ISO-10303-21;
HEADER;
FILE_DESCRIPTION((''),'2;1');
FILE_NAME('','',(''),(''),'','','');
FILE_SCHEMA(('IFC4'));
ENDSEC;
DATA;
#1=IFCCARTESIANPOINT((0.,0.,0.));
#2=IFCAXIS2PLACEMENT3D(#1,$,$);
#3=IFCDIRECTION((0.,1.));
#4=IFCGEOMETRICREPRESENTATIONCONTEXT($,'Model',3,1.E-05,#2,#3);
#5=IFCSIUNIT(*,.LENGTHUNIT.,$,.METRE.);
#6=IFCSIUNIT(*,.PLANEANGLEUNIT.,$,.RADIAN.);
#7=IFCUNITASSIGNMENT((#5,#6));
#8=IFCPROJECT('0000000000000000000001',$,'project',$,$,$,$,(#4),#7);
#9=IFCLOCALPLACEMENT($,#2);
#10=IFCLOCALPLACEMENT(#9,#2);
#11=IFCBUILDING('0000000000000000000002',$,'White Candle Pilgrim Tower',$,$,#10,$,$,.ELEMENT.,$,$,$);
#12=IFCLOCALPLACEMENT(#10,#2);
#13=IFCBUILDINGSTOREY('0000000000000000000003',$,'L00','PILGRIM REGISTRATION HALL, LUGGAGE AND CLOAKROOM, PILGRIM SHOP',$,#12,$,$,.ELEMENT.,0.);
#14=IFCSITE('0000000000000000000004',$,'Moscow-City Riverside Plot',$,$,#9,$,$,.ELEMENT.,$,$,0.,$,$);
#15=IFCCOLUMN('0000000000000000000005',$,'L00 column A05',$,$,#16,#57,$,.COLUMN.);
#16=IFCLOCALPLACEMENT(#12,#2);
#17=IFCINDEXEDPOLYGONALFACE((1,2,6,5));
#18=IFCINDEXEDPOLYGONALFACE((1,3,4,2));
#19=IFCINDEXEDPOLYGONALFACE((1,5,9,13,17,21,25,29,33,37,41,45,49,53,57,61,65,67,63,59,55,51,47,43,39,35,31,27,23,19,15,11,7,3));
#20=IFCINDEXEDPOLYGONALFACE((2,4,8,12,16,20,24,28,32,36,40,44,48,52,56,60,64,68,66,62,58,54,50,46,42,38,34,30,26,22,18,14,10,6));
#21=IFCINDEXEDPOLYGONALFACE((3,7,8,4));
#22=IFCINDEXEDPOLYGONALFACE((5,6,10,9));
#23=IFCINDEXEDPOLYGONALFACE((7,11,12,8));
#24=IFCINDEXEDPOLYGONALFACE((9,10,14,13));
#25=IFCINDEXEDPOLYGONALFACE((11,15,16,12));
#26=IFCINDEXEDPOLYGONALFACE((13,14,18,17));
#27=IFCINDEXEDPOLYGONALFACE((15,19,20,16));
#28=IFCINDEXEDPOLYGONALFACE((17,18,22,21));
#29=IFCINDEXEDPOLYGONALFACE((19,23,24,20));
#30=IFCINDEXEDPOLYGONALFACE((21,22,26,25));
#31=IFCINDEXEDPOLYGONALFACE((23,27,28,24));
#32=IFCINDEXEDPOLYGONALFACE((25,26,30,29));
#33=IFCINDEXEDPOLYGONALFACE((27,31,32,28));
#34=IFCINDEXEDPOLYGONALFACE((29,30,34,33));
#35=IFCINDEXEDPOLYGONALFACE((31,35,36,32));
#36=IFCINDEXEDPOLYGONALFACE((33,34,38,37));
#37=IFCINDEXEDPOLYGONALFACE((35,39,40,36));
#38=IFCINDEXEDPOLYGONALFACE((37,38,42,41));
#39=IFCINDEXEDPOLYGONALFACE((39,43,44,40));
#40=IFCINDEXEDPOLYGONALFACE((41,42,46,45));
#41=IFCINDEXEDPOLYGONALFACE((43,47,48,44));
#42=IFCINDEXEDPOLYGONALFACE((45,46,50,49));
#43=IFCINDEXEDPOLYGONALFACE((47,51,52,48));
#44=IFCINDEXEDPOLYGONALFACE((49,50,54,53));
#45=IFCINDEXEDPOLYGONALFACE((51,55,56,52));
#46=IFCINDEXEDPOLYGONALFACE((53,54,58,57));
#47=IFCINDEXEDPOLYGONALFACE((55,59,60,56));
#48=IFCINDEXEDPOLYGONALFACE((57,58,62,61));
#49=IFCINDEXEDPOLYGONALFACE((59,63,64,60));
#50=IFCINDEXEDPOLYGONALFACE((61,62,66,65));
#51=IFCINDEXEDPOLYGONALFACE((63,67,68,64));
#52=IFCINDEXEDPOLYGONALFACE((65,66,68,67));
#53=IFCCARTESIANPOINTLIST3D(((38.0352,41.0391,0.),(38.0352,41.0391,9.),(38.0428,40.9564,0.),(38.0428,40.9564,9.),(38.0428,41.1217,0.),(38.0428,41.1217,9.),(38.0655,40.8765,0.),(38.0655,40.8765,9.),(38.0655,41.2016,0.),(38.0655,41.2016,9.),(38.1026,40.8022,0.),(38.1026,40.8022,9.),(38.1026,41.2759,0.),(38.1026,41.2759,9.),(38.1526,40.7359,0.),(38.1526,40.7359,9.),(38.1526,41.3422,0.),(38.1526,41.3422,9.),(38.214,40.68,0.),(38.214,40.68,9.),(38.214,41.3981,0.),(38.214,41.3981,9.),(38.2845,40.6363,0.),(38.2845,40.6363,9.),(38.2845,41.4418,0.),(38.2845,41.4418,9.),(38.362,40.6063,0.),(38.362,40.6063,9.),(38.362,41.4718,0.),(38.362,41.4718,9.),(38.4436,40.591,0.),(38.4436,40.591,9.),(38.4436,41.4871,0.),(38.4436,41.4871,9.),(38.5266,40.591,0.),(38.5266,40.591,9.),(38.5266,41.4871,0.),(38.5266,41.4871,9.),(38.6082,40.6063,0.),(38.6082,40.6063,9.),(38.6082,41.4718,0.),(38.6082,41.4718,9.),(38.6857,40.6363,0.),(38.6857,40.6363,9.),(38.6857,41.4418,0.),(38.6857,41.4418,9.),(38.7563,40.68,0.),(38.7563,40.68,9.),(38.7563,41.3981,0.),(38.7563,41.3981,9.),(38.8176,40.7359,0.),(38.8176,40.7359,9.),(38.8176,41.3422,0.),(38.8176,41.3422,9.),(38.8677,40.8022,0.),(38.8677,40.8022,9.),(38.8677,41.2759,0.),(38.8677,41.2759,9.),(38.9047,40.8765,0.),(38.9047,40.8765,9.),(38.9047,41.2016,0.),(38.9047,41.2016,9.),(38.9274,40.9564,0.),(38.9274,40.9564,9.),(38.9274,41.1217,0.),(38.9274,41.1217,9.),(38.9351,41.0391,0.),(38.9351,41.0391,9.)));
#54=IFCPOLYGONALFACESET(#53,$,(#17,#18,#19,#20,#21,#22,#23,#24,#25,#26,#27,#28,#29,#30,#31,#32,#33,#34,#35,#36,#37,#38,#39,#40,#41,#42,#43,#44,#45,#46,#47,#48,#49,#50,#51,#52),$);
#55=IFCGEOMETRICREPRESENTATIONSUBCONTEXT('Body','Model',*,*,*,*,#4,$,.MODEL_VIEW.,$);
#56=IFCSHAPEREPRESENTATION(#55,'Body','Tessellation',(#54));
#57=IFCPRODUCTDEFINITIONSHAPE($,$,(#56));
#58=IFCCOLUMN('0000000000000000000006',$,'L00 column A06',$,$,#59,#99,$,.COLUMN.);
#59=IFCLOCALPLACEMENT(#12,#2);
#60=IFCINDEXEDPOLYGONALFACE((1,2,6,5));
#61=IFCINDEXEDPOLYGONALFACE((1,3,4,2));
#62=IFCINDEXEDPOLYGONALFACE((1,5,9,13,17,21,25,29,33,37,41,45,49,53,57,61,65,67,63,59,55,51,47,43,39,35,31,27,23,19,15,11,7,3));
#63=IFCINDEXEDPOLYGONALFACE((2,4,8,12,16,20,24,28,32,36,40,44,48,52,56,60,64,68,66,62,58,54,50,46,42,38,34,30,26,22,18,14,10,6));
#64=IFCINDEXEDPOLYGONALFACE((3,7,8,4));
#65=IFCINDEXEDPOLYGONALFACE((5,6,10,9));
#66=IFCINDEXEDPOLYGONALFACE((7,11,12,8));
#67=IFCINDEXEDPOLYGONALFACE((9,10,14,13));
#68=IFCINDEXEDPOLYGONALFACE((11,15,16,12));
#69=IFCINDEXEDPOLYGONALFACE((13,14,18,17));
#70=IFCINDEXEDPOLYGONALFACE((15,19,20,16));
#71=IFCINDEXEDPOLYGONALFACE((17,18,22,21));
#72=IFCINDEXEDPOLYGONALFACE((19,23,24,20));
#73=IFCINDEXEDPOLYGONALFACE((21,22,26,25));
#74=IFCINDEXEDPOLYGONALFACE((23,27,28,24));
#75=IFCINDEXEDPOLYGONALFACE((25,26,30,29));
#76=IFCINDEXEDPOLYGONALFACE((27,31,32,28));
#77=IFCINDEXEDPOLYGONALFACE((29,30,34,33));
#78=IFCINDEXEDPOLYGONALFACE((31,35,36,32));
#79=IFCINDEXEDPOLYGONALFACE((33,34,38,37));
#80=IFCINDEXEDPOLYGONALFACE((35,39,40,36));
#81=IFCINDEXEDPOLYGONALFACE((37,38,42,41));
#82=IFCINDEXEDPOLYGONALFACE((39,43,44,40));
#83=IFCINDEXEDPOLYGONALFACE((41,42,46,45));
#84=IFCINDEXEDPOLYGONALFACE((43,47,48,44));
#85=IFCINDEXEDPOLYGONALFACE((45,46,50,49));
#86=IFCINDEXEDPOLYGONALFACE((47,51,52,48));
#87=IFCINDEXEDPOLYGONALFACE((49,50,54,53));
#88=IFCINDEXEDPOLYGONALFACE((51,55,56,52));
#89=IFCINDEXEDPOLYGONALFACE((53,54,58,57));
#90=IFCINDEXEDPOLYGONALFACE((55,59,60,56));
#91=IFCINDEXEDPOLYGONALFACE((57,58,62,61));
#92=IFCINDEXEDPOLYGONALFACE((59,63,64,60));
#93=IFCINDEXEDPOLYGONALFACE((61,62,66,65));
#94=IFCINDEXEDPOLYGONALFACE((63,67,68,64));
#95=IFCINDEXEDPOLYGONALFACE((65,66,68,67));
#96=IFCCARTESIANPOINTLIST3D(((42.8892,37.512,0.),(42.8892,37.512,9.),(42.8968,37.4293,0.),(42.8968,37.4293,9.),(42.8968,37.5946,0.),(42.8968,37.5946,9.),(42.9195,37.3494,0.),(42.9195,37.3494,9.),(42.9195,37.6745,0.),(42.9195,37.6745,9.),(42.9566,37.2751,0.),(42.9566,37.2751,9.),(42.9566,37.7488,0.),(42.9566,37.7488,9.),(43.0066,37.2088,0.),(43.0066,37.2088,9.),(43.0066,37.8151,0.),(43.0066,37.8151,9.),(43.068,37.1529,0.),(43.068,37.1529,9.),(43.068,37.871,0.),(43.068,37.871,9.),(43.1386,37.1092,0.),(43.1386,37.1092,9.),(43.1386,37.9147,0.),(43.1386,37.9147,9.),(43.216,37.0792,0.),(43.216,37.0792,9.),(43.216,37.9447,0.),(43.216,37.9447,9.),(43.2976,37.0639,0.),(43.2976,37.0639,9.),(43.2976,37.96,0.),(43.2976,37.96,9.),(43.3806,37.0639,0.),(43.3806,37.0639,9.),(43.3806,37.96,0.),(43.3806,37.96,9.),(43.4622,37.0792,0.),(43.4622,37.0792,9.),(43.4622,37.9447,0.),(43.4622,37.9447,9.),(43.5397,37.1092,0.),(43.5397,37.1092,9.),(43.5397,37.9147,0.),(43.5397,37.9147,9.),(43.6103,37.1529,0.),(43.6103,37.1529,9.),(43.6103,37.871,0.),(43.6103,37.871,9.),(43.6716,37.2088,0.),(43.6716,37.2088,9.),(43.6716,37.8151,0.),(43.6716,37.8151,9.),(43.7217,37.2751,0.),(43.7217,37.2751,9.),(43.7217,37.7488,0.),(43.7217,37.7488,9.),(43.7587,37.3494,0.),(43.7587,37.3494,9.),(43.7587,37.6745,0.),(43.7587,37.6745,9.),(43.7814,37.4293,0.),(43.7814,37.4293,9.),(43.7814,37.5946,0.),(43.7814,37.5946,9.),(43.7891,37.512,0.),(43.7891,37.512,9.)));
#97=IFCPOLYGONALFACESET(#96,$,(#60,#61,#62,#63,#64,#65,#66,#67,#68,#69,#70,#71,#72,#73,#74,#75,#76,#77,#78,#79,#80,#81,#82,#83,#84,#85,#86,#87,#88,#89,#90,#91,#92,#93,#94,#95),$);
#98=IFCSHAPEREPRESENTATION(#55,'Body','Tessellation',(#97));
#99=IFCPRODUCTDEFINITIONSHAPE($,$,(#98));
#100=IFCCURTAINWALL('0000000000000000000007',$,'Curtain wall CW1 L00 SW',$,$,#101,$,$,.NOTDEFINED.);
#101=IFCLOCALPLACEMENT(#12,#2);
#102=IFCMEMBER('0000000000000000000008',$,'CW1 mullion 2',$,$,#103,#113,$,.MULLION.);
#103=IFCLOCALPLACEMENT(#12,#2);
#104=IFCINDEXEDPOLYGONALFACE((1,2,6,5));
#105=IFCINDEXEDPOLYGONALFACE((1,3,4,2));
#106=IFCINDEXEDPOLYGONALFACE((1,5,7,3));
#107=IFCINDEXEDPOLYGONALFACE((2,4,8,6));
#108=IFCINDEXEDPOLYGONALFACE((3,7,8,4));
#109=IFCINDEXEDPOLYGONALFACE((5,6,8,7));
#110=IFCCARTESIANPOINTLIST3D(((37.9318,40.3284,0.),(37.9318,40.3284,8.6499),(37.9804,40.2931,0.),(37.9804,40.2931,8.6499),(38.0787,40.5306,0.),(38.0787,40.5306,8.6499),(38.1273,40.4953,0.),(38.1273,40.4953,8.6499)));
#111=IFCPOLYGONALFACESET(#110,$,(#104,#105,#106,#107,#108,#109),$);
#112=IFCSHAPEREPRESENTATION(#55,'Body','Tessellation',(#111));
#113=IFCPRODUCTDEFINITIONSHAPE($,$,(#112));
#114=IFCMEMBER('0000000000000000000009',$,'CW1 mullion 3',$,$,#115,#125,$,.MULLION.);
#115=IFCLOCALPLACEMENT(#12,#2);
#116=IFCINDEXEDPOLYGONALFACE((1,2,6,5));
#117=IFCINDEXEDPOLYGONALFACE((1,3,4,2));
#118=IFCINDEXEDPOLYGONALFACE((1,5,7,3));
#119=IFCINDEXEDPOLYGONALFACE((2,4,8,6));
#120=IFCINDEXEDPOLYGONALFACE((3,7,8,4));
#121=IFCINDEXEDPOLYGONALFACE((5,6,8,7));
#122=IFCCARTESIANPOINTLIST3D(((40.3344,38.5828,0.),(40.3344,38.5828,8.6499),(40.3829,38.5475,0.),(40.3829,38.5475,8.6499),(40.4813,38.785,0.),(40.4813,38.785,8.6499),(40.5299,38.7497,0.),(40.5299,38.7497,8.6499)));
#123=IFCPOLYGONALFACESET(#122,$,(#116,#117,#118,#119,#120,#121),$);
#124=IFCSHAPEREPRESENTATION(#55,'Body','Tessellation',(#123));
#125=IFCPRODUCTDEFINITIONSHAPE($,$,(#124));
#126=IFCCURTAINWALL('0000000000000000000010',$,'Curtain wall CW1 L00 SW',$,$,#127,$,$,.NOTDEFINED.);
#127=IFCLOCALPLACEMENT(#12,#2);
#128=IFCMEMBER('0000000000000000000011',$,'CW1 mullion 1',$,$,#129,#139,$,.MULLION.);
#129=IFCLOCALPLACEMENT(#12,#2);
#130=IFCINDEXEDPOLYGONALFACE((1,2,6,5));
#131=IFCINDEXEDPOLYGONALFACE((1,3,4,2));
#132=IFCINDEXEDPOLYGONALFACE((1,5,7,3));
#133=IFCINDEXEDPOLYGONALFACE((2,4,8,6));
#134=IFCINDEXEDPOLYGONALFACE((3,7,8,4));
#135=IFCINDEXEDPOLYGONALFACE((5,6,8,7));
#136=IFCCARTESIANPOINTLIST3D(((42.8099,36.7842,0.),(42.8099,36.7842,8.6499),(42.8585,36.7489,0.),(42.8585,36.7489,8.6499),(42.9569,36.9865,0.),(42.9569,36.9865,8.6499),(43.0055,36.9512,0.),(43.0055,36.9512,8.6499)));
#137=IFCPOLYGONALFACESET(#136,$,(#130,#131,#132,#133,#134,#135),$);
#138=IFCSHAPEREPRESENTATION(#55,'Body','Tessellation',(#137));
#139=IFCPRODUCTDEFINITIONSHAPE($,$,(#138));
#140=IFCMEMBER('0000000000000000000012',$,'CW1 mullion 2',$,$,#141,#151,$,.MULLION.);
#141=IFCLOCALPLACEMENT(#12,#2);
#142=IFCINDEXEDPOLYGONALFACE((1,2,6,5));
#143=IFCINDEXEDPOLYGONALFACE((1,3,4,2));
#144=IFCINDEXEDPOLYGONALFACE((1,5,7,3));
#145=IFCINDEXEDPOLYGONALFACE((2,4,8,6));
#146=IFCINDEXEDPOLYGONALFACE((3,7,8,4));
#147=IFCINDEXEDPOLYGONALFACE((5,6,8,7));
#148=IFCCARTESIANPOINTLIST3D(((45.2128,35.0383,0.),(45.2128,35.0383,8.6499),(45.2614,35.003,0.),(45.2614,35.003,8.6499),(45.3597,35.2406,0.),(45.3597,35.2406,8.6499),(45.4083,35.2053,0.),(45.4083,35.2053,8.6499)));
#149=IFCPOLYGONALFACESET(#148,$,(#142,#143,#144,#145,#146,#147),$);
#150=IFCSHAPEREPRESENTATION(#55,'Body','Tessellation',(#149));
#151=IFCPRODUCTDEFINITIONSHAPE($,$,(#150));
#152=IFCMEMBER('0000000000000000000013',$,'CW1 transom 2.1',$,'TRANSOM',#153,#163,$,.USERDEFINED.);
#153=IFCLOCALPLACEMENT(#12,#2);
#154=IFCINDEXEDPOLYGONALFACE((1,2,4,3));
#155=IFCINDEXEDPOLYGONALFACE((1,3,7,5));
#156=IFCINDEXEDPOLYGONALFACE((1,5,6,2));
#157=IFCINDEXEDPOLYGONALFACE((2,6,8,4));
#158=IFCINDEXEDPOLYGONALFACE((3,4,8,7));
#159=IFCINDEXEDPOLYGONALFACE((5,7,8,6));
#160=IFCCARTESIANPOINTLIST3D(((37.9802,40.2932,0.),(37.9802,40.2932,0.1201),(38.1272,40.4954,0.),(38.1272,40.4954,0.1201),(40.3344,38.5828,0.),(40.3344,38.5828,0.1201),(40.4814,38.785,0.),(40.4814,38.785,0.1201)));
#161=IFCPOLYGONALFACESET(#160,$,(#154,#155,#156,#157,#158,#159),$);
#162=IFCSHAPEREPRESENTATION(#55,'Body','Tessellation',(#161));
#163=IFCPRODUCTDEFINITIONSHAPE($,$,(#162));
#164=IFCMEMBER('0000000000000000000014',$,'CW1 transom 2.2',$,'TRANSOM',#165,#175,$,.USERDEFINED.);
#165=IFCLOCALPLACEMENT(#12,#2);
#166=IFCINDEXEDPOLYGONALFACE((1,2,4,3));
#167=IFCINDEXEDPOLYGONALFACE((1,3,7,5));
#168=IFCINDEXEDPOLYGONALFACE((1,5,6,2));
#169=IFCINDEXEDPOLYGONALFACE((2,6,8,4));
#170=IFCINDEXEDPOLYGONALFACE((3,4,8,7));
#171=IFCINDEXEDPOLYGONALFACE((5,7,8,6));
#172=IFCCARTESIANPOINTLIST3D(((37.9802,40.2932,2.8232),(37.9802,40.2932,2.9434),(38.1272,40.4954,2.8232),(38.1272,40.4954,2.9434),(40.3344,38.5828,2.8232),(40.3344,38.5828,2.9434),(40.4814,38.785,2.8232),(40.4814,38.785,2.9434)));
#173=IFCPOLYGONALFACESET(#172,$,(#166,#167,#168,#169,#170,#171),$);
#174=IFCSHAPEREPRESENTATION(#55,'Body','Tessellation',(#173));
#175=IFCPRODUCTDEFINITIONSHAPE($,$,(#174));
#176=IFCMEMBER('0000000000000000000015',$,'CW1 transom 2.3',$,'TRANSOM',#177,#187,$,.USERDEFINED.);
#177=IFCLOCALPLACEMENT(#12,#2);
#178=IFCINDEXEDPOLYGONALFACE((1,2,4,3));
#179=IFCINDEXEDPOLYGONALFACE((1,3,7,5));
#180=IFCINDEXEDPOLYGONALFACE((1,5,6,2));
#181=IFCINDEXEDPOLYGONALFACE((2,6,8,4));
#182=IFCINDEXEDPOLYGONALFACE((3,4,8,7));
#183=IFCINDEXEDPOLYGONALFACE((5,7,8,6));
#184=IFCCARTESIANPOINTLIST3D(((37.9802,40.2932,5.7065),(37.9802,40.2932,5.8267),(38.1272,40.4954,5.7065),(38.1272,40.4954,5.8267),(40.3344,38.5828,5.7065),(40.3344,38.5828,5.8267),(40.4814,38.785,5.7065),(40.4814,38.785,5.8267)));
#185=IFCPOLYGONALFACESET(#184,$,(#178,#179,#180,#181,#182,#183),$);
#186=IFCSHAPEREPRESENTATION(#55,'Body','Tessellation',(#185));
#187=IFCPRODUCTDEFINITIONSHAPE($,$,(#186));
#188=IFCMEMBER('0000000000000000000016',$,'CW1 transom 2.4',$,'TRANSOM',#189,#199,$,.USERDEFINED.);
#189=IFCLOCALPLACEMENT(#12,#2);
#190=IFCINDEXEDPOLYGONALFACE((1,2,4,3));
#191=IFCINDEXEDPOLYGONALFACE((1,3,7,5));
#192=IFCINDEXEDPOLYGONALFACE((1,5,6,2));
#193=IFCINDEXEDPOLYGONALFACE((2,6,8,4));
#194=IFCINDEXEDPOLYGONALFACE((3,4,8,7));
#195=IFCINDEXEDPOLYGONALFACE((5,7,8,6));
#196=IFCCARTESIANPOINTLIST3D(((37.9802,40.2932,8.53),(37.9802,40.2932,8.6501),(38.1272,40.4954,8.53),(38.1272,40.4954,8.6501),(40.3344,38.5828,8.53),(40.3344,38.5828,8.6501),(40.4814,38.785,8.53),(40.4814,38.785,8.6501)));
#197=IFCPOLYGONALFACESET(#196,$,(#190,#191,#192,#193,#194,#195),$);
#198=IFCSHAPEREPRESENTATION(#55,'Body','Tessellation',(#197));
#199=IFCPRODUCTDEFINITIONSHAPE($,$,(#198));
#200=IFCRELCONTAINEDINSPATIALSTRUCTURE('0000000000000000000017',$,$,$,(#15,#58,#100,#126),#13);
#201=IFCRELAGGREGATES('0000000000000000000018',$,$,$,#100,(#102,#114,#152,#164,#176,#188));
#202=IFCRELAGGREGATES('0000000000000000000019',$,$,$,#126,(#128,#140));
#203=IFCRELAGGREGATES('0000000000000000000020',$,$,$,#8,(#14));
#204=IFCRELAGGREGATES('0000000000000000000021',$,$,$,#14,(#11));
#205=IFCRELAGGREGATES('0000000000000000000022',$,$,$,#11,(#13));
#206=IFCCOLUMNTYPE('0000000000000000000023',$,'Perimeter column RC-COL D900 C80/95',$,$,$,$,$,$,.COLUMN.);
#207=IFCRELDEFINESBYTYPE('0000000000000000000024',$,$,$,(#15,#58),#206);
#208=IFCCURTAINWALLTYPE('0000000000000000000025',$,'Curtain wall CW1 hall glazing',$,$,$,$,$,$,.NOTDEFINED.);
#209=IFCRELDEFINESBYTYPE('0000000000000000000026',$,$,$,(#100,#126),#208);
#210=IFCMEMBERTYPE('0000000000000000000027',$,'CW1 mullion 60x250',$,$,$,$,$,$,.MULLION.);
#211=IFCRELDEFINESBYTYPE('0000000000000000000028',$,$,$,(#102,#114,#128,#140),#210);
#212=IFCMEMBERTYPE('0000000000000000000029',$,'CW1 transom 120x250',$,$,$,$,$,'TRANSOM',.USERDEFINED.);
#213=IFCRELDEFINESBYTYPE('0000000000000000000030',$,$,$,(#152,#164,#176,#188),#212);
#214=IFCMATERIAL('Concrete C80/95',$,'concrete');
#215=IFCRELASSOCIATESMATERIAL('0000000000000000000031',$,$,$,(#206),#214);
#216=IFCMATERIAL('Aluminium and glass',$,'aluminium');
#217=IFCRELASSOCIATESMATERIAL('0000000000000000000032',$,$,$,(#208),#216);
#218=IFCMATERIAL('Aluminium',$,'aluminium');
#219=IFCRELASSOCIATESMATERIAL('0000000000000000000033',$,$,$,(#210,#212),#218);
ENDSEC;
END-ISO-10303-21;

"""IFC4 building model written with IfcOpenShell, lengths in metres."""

from ifc_helpers import new_model, si_unit, direction, frame, origin, origin_2d, place, context, subcontext, project, spatial, rectangle, circle, extrude, material, material_profile, profile_set, type_object, element, aggregate, save


model = new_model("IFC4")

# Units and contexts
model_context = context("Model", 3, precision=1e-05, world=origin(), true_north=direction((0.0, 1.0)))
body_context = subcontext(model_context, "Body", "Model", "MODEL_VIEW")
ifc_project = project(units=[si_unit("LENGTHUNIT", "METRE"), si_unit("PLANEANGLEUNIT", "RADIAN")], contexts=[model_context])

# Site, building, storey
site_placement = place(None, origin())
site = spatial("IfcSite", under=ifc_project, at=site_placement, Name="Moscow-City Riverside Plot", CompositionType="ELEMENT", RefElevation=0.0)
building_placement = place(site_placement, origin())
building = spatial("IfcBuilding", under=site, at=building_placement, Name="White Candle Pilgrim Tower", CompositionType="ELEMENT")
storey_placement = place(building_placement, origin())
storey = spatial("IfcBuildingStorey", under=building, at=storey_placement, Name="L00", Description="PILGRIM REGISTRATION HALL, LUGGAGE AND CLOAKROOM, PILGRIM SHOP", CompositionType="ELEMENT", Elevation=0.0)

# Columns
ifc_material_1 = material(Name="Concrete C80/95", Category="concrete")
ifc_material_profile_1 = material_profile(ifc_material_1, circle(Radius=0.45, at=origin_2d()), Name="RC-COL D900")
ifc_profile_set_1 = profile_set([ifc_material_profile_1], Name="Concrete C80/95")
column_type = type_object("IfcColumnType", Name="Perimeter column RC-COL D900 C80/95", PredefinedType="COLUMN", material=ifc_profile_set_1)
for number, where, z_axis, x_axis, name in (
    (1, (38.4851, 41.0391, 0.0), (0.0, 0.0, 1.0), (1.0, 0.0, 0.0), "L00 column A05"),
    (2, (43.3391, 37.512, 0.0), (0.0, 0.0, 1.0), (1.0, 0.0, 0.0), "L00 column A06"),
):
    element("IfcColumn", number, at=place(storey_placement, frame(where, z_axis=z_axis, x_axis=x_axis)), inside=storey, type_object=column_type, Name=name, PredefinedType="COLUMN", context=body_context, shape_type="SweptSolid", body=[
        extrude(circle(Radius=0.45, at=origin_2d()), origin(), (0.0, 0.0, 1.0), 9.0),
    ])

# Curtain walls, members
ifc_material_2 = material(Name="Aluminium and glass", Category="aluminium")
curtain_wall_type = type_object("IfcCurtainWallType", Name="Curtain wall CW1 hall glazing", PredefinedType="NOTDEFINED", material=ifc_material_2)
curtain_wall_1_placement = place(storey_placement, origin())
curtain_wall_1 = element("IfcCurtainWall", 3, at=curtain_wall_1_placement, inside=storey, type_object=curtain_wall_type, Name="Curtain wall CW1 L00 SW", PredefinedType="NOTDEFINED")
ifc_material_3 = material(Name="Aluminium", Category="aluminium")
ifc_material_profile_2 = material_profile(ifc_material_3, rectangle(XDim=0.25, YDim=0.0601, at=origin_2d()), Name="CW1 mullion 60x250")
ifc_profile_set_2 = profile_set([ifc_material_profile_2], Name="Aluminium")
member_type_1 = type_object("IfcMemberType", Name="CW1 mullion 60x250", PredefinedType="MULLION", material=ifc_profile_set_2)
member_1_placement = place(storey_placement, frame((38.0295, 40.4119, 0.0), z_axis=(0.0, 0.0, 1.0), x_axis=(0.587785, 0.809017, 0.0)))
member_1 = element("IfcMember", 4, at=member_1_placement, type_object=member_type_1, Name="CW1 mullion 2", PredefinedType="MULLION", context=body_context, shape_type="SweptSolid", body=[
    extrude(rectangle(XDim=0.25, YDim=0.0601, at=origin_2d()), origin(), (0.0, 0.0, 1.0), 8.6499),
])
member_2_placement = place(storey_placement, frame((40.4321, 38.6663, 0.0), z_axis=(0.0, 0.0, 1.0), x_axis=(0.587785, 0.809017, 0.0)))
member_2 = element("IfcMember", 5, at=member_2_placement, type_object=member_type_1, Name="CW1 mullion 3", PredefinedType="MULLION", context=body_context, shape_type="SweptSolid", body=[
    extrude(rectangle(XDim=0.25, YDim=0.0601, at=origin_2d()), origin(), (0.0, 0.0, 1.0), 8.6499),
])
curtain_wall_2_placement = place(storey_placement, origin())
curtain_wall_2 = element("IfcCurtainWall", 6, at=curtain_wall_2_placement, inside=storey, type_object=curtain_wall_type, Name="Curtain wall CW1 L00 SW", PredefinedType="NOTDEFINED")
member_3_placement = place(storey_placement, frame((42.9077, 36.8677, 0.0), z_axis=(0.0, 0.0, 1.0), x_axis=(0.587785, 0.809017, 0.0)))
member_3 = element("IfcMember", 7, at=member_3_placement, type_object=member_type_1, Name="CW1 mullion 1", PredefinedType="MULLION", context=body_context, shape_type="SweptSolid", body=[
    extrude(rectangle(XDim=0.25, YDim=0.0601, at=origin_2d()), origin(), (0.0, 0.0, 1.0), 8.6499),
])
member_4_placement = place(storey_placement, frame((45.3105, 35.1218, 0.0), z_axis=(0.0, 0.0, 1.0), x_axis=(0.587785, 0.809017, 0.0)))
member_4 = element("IfcMember", 8, at=member_4_placement, type_object=member_type_1, Name="CW1 mullion 2", PredefinedType="MULLION", context=body_context, shape_type="SweptSolid", body=[
    extrude(rectangle(XDim=0.25, YDim=0.0601, at=origin_2d()), origin(), (0.0, 0.0, 1.0), 8.6499),
])

# Members
ifc_material_profile_3 = material_profile(ifc_material_3, rectangle(XDim=0.25, YDim=0.1201, at=origin_2d()), Name="CW1 transom 120x250")
ifc_profile_set_3 = profile_set([ifc_material_profile_3], Name="Aluminium")
member_type_2 = type_object("IfcMemberType", Name="CW1 transom 120x250", ElementType="TRANSOM", PredefinedType="USERDEFINED", material=ifc_profile_set_3)
member_5_placement = place(storey_placement, frame((38.0537, 40.3943, 0.0601), z_axis=(0.809019, -0.587783, 0.0), x_axis=(0.587783, 0.809019, 0.0)))
member_5 = element("IfcMember", 9, at=member_5_placement, type_object=member_type_2, Name="CW1 transom 2.1", ObjectType="TRANSOM", PredefinedType="USERDEFINED", context=body_context, shape_type="SweptSolid", body=[
    extrude(rectangle(XDim=0.25, YDim=0.1201, at=origin_2d()), origin(), (0.0, 0.0, 1.0), 2.9099),
])
member_6_placement = place(storey_placement, frame((38.0537, 40.3943, 2.8833), z_axis=(0.809019, -0.587783, 0.0), x_axis=(0.587783, 0.809019, 0.0)))
member_6 = element("IfcMember", 10, at=member_6_placement, type_object=member_type_2, Name="CW1 transom 2.2", ObjectType="TRANSOM", PredefinedType="USERDEFINED", context=body_context, shape_type="SweptSolid", body=[
    extrude(rectangle(XDim=0.25, YDim=0.1201, at=origin_2d()), origin(), (0.0, 0.0, 1.0), 2.9099),
])
member_7_placement = place(storey_placement, frame((38.0537, 40.3943, 5.7666), z_axis=(0.809019, -0.587783, 0.0), x_axis=(0.587783, 0.809019, 0.0)))
member_7 = element("IfcMember", 11, at=member_7_placement, type_object=member_type_2, Name="CW1 transom 2.3", ObjectType="TRANSOM", PredefinedType="USERDEFINED", context=body_context, shape_type="SweptSolid", body=[
    extrude(rectangle(XDim=0.25, YDim=0.1201, at=origin_2d()), origin(), (0.0, 0.0, 1.0), 2.9099),
])
member_8_placement = place(storey_placement, frame((38.0537, 40.3943, 8.5901), z_axis=(0.809019, -0.587783, 0.0), x_axis=(0.587783, 0.809019, 0.0)))
member_8 = element("IfcMember", 12, at=member_8_placement, type_object=member_type_2, Name="CW1 transom 2.4", ObjectType="TRANSOM", PredefinedType="USERDEFINED", context=body_context, shape_type="SweptSolid", body=[
    extrude(rectangle(XDim=0.25, YDim=0.1201, at=origin_2d()), origin(), (0.0, 0.0, 1.0), 2.9099),
])

aggregate(curtain_wall_1, [member_1, member_2, member_5, member_6, member_7, member_8])
aggregate(curtain_wall_2, [member_3, member_4])

save(model, "model.ifc")
